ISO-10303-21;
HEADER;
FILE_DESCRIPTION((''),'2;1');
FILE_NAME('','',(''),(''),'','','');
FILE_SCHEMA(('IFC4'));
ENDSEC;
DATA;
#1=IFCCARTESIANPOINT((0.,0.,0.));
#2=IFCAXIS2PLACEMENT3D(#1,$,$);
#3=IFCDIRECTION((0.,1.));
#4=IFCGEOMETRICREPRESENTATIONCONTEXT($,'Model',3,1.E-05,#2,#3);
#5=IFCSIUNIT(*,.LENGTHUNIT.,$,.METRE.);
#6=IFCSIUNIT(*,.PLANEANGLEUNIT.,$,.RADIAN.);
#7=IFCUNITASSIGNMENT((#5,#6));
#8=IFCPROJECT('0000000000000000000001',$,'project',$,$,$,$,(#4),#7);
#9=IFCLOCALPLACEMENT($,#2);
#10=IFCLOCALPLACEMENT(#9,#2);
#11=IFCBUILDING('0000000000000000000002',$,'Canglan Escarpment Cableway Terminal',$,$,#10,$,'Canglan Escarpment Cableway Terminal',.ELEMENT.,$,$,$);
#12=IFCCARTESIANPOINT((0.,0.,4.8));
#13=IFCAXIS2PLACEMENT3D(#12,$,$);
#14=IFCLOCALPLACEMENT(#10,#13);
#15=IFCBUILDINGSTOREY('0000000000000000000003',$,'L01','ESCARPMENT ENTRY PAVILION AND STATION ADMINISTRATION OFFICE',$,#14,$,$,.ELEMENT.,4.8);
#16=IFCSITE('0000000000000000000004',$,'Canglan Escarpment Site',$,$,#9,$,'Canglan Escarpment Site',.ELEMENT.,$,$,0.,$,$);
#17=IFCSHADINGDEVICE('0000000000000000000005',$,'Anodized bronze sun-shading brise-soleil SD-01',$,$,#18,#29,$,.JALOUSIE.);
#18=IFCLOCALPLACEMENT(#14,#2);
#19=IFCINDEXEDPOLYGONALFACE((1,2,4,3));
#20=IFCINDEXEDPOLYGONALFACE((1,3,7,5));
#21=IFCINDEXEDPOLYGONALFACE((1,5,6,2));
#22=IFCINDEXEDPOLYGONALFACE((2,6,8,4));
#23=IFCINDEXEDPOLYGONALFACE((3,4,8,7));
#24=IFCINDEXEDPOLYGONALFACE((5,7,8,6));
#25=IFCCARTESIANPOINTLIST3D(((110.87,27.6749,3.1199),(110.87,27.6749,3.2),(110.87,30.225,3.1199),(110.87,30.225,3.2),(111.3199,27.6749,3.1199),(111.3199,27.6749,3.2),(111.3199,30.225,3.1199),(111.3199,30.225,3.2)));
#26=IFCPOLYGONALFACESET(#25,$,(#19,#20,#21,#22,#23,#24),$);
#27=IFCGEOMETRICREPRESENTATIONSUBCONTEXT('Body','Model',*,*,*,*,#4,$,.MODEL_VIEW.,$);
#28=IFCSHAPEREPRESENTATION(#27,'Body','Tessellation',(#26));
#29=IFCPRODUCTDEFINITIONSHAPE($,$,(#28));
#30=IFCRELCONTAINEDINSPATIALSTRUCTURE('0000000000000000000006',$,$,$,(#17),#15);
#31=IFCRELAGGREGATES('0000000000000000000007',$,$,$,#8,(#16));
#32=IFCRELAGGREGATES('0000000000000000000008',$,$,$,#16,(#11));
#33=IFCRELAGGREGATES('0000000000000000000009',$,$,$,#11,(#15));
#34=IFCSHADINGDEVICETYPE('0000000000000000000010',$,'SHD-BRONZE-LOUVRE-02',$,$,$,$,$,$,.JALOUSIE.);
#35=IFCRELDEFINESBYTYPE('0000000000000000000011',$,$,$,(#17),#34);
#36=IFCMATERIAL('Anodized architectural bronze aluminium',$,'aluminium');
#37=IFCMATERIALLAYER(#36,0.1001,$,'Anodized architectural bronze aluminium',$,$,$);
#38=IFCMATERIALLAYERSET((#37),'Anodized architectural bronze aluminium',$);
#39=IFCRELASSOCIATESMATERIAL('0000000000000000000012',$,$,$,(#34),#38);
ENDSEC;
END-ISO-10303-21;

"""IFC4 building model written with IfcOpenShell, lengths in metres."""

from ifc_helpers import new_model, si_unit, direction, frame, origin, origin_2d, place, context, subcontext, project, spatial, rectangle, extrude, material, layer, layer_set, type_object, element, save


model = new_model("IFC4")

# Units and contexts
model_context = context("Model", 3, precision=1e-05, world=origin(), true_north=direction((0.0, 1.0)))
body_context = subcontext(model_context, "Body", "Model", "MODEL_VIEW")
ifc_project = project(units=[si_unit("LENGTHUNIT", "METRE"), si_unit("PLANEANGLEUNIT", "RADIAN")], contexts=[model_context])

# Site, building, storey
site_placement = place(None, origin())
site = spatial("IfcSite", under=ifc_project, at=site_placement, Name="Canglan Escarpment Site", LongName="Canglan Escarpment Site", CompositionType="ELEMENT", RefElevation=0.0)
building_placement = place(site_placement, origin())
building = spatial("IfcBuilding", under=site, at=building_placement, Name="Canglan Escarpment Cableway Terminal", LongName="Canglan Escarpment Cableway Terminal", CompositionType="ELEMENT")
storey_placement = place(building_placement, frame((0.0, 0.0, 4.8)))
storey = spatial("IfcBuildingStorey", under=building, at=storey_placement, Name="L01", Description="ESCARPMENT ENTRY PAVILION AND STATION ADMINISTRATION OFFICE", CompositionType="ELEMENT", Elevation=4.8)

# Shading device
ifc_material_1 = material(Name="Anodized architectural bronze aluminium", Category="aluminium")
ifc_layer_1 = layer(ifc_material_1, 0.1001, Name="Anodized architectural bronze aluminium")
ifc_layer_set_1 = layer_set([ifc_layer_1], Name="Anodized architectural bronze aluminium")
shading_device_type = type_object("IfcShadingDeviceType", Name="SHD-BRONZE-LOUVRE-02", PredefinedType="JALOUSIE", material=ifc_layer_set_1)
shading_device_placement = place(storey_placement, frame((111.095, 28.95, 3.1199), z_axis=(0.0, 0.0, 1.0), x_axis=(0.0, -1.0, 0.0)))
element("IfcShadingDevice", 1, at=shading_device_placement, inside=storey, type_object=shading_device_type, Name="Anodized bronze sun-shading brise-soleil SD-01", PredefinedType="JALOUSIE", context=body_context, shape_type="SweptSolid", body=[
    extrude(rectangle(XDim=2.55, YDim=0.45, at=origin_2d()), origin(), (0.0, 0.0, 1.0), 0.0801),
])

save(model, "model.ifc")
